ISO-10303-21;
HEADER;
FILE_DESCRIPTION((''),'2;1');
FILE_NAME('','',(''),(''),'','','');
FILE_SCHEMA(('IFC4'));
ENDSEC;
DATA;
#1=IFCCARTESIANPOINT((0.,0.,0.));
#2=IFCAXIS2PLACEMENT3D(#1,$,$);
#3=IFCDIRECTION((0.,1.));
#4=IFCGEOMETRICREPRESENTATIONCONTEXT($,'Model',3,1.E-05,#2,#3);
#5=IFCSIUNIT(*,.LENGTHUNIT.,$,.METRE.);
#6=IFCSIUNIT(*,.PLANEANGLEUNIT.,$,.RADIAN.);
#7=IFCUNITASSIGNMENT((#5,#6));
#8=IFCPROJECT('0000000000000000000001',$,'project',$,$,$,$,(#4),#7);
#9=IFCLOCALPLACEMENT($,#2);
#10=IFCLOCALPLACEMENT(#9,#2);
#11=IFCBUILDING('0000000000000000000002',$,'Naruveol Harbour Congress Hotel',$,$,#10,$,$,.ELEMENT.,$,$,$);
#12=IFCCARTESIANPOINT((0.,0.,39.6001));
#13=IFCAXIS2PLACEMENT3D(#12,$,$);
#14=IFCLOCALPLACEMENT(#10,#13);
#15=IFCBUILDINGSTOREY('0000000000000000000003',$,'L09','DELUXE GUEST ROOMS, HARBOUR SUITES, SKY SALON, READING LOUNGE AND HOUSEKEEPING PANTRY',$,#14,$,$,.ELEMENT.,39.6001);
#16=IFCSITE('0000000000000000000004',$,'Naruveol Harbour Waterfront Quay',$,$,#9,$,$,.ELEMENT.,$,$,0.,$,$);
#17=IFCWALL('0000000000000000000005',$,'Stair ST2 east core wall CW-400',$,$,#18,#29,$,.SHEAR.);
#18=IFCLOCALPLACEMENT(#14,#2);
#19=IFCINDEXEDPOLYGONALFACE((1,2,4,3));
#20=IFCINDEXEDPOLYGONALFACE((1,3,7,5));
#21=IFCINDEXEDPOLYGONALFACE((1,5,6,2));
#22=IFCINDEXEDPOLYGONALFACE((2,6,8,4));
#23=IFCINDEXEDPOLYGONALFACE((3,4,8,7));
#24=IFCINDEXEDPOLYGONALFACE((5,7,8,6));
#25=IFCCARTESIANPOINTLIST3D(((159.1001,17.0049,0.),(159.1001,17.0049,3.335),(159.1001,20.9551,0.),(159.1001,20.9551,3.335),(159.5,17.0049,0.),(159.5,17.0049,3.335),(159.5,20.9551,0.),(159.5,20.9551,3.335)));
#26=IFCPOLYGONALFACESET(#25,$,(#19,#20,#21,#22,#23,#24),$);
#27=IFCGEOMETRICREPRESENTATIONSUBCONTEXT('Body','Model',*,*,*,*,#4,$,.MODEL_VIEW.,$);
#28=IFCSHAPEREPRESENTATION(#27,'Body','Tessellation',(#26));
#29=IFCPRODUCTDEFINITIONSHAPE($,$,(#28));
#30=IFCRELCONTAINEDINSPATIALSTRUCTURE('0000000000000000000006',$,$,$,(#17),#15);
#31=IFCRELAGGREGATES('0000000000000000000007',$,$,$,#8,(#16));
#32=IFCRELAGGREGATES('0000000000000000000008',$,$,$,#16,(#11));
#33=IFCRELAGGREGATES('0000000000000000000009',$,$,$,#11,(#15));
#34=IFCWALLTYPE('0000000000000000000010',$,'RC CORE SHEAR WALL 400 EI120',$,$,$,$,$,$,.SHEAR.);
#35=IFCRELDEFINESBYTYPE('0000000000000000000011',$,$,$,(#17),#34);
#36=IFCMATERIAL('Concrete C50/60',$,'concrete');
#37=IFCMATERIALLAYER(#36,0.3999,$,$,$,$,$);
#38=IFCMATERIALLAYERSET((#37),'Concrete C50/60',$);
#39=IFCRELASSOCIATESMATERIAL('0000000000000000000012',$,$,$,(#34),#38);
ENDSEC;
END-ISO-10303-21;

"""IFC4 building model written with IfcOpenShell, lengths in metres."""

from ifc_helpers import new_model, si_unit, direction, frame, frame_2d, origin, place, context, subcontext, project, spatial, rectangle, extrude, material, layer, layer_set, type_object, element, save


model = new_model("IFC4")

# Units and contexts
model_context = context("Model", 3, precision=1e-05, world=origin(), true_north=direction((0.0, 1.0)))
body_context = subcontext(model_context, "Body", "Model", "MODEL_VIEW")
ifc_project = project(units=[si_unit("LENGTHUNIT", "METRE"), si_unit("PLANEANGLEUNIT", "RADIAN")], contexts=[model_context])

# Site, building, storey
site_placement = place(None, origin())
site = spatial("IfcSite", under=ifc_project, at=site_placement, Name="Naruveol Harbour Waterfront Quay", CompositionType="ELEMENT", RefElevation=0.0)
building_placement = place(site_placement, origin())
building = spatial("IfcBuilding", under=site, at=building_placement, Name="Naruveol Harbour Congress Hotel", CompositionType="ELEMENT")
storey_placement = place(building_placement, frame((0.0, 0.0, 39.6001)))
storey = spatial("IfcBuildingStorey", under=building, at=storey_placement, Name="L09", Description="DELUXE GUEST ROOMS, HARBOUR SUITES, SKY SALON, READING LOUNGE AND HOUSEKEEPING PANTRY", CompositionType="ELEMENT", Elevation=39.6001)

# Wall
ifc_material_1 = material(Name="Concrete C50/60", Category="concrete")
ifc_layer_1 = layer(ifc_material_1, 0.3999)
ifc_layer_set_1 = layer_set([ifc_layer_1], Name="Concrete C50/60")
wall_type_1 = type_object("IfcWallType", Name="RC CORE SHEAR WALL 400 EI120", PredefinedType="SHEAR", material=ifc_layer_set_1)
wall_1_placement = place(storey_placement, frame((159.3, 17.0049, 0.0), z_axis=(0.0, 0.0, 1.0), x_axis=(0.0, 1.0, 0.0)))
element("IfcWall", 1, at=wall_1_placement, inside=storey, type_object=wall_type_1, Name="Stair ST2 east core wall CW-400", PredefinedType="SHEAR", context=body_context, shape_type="SweptSolid", body=[
    extrude(rectangle(XDim=3.9502, YDim=0.3999, at=frame_2d((1.9751, 0.0))), origin(), (0.0, 0.0, 1.0), 3.335),
])

save(model, "model.ifc")
